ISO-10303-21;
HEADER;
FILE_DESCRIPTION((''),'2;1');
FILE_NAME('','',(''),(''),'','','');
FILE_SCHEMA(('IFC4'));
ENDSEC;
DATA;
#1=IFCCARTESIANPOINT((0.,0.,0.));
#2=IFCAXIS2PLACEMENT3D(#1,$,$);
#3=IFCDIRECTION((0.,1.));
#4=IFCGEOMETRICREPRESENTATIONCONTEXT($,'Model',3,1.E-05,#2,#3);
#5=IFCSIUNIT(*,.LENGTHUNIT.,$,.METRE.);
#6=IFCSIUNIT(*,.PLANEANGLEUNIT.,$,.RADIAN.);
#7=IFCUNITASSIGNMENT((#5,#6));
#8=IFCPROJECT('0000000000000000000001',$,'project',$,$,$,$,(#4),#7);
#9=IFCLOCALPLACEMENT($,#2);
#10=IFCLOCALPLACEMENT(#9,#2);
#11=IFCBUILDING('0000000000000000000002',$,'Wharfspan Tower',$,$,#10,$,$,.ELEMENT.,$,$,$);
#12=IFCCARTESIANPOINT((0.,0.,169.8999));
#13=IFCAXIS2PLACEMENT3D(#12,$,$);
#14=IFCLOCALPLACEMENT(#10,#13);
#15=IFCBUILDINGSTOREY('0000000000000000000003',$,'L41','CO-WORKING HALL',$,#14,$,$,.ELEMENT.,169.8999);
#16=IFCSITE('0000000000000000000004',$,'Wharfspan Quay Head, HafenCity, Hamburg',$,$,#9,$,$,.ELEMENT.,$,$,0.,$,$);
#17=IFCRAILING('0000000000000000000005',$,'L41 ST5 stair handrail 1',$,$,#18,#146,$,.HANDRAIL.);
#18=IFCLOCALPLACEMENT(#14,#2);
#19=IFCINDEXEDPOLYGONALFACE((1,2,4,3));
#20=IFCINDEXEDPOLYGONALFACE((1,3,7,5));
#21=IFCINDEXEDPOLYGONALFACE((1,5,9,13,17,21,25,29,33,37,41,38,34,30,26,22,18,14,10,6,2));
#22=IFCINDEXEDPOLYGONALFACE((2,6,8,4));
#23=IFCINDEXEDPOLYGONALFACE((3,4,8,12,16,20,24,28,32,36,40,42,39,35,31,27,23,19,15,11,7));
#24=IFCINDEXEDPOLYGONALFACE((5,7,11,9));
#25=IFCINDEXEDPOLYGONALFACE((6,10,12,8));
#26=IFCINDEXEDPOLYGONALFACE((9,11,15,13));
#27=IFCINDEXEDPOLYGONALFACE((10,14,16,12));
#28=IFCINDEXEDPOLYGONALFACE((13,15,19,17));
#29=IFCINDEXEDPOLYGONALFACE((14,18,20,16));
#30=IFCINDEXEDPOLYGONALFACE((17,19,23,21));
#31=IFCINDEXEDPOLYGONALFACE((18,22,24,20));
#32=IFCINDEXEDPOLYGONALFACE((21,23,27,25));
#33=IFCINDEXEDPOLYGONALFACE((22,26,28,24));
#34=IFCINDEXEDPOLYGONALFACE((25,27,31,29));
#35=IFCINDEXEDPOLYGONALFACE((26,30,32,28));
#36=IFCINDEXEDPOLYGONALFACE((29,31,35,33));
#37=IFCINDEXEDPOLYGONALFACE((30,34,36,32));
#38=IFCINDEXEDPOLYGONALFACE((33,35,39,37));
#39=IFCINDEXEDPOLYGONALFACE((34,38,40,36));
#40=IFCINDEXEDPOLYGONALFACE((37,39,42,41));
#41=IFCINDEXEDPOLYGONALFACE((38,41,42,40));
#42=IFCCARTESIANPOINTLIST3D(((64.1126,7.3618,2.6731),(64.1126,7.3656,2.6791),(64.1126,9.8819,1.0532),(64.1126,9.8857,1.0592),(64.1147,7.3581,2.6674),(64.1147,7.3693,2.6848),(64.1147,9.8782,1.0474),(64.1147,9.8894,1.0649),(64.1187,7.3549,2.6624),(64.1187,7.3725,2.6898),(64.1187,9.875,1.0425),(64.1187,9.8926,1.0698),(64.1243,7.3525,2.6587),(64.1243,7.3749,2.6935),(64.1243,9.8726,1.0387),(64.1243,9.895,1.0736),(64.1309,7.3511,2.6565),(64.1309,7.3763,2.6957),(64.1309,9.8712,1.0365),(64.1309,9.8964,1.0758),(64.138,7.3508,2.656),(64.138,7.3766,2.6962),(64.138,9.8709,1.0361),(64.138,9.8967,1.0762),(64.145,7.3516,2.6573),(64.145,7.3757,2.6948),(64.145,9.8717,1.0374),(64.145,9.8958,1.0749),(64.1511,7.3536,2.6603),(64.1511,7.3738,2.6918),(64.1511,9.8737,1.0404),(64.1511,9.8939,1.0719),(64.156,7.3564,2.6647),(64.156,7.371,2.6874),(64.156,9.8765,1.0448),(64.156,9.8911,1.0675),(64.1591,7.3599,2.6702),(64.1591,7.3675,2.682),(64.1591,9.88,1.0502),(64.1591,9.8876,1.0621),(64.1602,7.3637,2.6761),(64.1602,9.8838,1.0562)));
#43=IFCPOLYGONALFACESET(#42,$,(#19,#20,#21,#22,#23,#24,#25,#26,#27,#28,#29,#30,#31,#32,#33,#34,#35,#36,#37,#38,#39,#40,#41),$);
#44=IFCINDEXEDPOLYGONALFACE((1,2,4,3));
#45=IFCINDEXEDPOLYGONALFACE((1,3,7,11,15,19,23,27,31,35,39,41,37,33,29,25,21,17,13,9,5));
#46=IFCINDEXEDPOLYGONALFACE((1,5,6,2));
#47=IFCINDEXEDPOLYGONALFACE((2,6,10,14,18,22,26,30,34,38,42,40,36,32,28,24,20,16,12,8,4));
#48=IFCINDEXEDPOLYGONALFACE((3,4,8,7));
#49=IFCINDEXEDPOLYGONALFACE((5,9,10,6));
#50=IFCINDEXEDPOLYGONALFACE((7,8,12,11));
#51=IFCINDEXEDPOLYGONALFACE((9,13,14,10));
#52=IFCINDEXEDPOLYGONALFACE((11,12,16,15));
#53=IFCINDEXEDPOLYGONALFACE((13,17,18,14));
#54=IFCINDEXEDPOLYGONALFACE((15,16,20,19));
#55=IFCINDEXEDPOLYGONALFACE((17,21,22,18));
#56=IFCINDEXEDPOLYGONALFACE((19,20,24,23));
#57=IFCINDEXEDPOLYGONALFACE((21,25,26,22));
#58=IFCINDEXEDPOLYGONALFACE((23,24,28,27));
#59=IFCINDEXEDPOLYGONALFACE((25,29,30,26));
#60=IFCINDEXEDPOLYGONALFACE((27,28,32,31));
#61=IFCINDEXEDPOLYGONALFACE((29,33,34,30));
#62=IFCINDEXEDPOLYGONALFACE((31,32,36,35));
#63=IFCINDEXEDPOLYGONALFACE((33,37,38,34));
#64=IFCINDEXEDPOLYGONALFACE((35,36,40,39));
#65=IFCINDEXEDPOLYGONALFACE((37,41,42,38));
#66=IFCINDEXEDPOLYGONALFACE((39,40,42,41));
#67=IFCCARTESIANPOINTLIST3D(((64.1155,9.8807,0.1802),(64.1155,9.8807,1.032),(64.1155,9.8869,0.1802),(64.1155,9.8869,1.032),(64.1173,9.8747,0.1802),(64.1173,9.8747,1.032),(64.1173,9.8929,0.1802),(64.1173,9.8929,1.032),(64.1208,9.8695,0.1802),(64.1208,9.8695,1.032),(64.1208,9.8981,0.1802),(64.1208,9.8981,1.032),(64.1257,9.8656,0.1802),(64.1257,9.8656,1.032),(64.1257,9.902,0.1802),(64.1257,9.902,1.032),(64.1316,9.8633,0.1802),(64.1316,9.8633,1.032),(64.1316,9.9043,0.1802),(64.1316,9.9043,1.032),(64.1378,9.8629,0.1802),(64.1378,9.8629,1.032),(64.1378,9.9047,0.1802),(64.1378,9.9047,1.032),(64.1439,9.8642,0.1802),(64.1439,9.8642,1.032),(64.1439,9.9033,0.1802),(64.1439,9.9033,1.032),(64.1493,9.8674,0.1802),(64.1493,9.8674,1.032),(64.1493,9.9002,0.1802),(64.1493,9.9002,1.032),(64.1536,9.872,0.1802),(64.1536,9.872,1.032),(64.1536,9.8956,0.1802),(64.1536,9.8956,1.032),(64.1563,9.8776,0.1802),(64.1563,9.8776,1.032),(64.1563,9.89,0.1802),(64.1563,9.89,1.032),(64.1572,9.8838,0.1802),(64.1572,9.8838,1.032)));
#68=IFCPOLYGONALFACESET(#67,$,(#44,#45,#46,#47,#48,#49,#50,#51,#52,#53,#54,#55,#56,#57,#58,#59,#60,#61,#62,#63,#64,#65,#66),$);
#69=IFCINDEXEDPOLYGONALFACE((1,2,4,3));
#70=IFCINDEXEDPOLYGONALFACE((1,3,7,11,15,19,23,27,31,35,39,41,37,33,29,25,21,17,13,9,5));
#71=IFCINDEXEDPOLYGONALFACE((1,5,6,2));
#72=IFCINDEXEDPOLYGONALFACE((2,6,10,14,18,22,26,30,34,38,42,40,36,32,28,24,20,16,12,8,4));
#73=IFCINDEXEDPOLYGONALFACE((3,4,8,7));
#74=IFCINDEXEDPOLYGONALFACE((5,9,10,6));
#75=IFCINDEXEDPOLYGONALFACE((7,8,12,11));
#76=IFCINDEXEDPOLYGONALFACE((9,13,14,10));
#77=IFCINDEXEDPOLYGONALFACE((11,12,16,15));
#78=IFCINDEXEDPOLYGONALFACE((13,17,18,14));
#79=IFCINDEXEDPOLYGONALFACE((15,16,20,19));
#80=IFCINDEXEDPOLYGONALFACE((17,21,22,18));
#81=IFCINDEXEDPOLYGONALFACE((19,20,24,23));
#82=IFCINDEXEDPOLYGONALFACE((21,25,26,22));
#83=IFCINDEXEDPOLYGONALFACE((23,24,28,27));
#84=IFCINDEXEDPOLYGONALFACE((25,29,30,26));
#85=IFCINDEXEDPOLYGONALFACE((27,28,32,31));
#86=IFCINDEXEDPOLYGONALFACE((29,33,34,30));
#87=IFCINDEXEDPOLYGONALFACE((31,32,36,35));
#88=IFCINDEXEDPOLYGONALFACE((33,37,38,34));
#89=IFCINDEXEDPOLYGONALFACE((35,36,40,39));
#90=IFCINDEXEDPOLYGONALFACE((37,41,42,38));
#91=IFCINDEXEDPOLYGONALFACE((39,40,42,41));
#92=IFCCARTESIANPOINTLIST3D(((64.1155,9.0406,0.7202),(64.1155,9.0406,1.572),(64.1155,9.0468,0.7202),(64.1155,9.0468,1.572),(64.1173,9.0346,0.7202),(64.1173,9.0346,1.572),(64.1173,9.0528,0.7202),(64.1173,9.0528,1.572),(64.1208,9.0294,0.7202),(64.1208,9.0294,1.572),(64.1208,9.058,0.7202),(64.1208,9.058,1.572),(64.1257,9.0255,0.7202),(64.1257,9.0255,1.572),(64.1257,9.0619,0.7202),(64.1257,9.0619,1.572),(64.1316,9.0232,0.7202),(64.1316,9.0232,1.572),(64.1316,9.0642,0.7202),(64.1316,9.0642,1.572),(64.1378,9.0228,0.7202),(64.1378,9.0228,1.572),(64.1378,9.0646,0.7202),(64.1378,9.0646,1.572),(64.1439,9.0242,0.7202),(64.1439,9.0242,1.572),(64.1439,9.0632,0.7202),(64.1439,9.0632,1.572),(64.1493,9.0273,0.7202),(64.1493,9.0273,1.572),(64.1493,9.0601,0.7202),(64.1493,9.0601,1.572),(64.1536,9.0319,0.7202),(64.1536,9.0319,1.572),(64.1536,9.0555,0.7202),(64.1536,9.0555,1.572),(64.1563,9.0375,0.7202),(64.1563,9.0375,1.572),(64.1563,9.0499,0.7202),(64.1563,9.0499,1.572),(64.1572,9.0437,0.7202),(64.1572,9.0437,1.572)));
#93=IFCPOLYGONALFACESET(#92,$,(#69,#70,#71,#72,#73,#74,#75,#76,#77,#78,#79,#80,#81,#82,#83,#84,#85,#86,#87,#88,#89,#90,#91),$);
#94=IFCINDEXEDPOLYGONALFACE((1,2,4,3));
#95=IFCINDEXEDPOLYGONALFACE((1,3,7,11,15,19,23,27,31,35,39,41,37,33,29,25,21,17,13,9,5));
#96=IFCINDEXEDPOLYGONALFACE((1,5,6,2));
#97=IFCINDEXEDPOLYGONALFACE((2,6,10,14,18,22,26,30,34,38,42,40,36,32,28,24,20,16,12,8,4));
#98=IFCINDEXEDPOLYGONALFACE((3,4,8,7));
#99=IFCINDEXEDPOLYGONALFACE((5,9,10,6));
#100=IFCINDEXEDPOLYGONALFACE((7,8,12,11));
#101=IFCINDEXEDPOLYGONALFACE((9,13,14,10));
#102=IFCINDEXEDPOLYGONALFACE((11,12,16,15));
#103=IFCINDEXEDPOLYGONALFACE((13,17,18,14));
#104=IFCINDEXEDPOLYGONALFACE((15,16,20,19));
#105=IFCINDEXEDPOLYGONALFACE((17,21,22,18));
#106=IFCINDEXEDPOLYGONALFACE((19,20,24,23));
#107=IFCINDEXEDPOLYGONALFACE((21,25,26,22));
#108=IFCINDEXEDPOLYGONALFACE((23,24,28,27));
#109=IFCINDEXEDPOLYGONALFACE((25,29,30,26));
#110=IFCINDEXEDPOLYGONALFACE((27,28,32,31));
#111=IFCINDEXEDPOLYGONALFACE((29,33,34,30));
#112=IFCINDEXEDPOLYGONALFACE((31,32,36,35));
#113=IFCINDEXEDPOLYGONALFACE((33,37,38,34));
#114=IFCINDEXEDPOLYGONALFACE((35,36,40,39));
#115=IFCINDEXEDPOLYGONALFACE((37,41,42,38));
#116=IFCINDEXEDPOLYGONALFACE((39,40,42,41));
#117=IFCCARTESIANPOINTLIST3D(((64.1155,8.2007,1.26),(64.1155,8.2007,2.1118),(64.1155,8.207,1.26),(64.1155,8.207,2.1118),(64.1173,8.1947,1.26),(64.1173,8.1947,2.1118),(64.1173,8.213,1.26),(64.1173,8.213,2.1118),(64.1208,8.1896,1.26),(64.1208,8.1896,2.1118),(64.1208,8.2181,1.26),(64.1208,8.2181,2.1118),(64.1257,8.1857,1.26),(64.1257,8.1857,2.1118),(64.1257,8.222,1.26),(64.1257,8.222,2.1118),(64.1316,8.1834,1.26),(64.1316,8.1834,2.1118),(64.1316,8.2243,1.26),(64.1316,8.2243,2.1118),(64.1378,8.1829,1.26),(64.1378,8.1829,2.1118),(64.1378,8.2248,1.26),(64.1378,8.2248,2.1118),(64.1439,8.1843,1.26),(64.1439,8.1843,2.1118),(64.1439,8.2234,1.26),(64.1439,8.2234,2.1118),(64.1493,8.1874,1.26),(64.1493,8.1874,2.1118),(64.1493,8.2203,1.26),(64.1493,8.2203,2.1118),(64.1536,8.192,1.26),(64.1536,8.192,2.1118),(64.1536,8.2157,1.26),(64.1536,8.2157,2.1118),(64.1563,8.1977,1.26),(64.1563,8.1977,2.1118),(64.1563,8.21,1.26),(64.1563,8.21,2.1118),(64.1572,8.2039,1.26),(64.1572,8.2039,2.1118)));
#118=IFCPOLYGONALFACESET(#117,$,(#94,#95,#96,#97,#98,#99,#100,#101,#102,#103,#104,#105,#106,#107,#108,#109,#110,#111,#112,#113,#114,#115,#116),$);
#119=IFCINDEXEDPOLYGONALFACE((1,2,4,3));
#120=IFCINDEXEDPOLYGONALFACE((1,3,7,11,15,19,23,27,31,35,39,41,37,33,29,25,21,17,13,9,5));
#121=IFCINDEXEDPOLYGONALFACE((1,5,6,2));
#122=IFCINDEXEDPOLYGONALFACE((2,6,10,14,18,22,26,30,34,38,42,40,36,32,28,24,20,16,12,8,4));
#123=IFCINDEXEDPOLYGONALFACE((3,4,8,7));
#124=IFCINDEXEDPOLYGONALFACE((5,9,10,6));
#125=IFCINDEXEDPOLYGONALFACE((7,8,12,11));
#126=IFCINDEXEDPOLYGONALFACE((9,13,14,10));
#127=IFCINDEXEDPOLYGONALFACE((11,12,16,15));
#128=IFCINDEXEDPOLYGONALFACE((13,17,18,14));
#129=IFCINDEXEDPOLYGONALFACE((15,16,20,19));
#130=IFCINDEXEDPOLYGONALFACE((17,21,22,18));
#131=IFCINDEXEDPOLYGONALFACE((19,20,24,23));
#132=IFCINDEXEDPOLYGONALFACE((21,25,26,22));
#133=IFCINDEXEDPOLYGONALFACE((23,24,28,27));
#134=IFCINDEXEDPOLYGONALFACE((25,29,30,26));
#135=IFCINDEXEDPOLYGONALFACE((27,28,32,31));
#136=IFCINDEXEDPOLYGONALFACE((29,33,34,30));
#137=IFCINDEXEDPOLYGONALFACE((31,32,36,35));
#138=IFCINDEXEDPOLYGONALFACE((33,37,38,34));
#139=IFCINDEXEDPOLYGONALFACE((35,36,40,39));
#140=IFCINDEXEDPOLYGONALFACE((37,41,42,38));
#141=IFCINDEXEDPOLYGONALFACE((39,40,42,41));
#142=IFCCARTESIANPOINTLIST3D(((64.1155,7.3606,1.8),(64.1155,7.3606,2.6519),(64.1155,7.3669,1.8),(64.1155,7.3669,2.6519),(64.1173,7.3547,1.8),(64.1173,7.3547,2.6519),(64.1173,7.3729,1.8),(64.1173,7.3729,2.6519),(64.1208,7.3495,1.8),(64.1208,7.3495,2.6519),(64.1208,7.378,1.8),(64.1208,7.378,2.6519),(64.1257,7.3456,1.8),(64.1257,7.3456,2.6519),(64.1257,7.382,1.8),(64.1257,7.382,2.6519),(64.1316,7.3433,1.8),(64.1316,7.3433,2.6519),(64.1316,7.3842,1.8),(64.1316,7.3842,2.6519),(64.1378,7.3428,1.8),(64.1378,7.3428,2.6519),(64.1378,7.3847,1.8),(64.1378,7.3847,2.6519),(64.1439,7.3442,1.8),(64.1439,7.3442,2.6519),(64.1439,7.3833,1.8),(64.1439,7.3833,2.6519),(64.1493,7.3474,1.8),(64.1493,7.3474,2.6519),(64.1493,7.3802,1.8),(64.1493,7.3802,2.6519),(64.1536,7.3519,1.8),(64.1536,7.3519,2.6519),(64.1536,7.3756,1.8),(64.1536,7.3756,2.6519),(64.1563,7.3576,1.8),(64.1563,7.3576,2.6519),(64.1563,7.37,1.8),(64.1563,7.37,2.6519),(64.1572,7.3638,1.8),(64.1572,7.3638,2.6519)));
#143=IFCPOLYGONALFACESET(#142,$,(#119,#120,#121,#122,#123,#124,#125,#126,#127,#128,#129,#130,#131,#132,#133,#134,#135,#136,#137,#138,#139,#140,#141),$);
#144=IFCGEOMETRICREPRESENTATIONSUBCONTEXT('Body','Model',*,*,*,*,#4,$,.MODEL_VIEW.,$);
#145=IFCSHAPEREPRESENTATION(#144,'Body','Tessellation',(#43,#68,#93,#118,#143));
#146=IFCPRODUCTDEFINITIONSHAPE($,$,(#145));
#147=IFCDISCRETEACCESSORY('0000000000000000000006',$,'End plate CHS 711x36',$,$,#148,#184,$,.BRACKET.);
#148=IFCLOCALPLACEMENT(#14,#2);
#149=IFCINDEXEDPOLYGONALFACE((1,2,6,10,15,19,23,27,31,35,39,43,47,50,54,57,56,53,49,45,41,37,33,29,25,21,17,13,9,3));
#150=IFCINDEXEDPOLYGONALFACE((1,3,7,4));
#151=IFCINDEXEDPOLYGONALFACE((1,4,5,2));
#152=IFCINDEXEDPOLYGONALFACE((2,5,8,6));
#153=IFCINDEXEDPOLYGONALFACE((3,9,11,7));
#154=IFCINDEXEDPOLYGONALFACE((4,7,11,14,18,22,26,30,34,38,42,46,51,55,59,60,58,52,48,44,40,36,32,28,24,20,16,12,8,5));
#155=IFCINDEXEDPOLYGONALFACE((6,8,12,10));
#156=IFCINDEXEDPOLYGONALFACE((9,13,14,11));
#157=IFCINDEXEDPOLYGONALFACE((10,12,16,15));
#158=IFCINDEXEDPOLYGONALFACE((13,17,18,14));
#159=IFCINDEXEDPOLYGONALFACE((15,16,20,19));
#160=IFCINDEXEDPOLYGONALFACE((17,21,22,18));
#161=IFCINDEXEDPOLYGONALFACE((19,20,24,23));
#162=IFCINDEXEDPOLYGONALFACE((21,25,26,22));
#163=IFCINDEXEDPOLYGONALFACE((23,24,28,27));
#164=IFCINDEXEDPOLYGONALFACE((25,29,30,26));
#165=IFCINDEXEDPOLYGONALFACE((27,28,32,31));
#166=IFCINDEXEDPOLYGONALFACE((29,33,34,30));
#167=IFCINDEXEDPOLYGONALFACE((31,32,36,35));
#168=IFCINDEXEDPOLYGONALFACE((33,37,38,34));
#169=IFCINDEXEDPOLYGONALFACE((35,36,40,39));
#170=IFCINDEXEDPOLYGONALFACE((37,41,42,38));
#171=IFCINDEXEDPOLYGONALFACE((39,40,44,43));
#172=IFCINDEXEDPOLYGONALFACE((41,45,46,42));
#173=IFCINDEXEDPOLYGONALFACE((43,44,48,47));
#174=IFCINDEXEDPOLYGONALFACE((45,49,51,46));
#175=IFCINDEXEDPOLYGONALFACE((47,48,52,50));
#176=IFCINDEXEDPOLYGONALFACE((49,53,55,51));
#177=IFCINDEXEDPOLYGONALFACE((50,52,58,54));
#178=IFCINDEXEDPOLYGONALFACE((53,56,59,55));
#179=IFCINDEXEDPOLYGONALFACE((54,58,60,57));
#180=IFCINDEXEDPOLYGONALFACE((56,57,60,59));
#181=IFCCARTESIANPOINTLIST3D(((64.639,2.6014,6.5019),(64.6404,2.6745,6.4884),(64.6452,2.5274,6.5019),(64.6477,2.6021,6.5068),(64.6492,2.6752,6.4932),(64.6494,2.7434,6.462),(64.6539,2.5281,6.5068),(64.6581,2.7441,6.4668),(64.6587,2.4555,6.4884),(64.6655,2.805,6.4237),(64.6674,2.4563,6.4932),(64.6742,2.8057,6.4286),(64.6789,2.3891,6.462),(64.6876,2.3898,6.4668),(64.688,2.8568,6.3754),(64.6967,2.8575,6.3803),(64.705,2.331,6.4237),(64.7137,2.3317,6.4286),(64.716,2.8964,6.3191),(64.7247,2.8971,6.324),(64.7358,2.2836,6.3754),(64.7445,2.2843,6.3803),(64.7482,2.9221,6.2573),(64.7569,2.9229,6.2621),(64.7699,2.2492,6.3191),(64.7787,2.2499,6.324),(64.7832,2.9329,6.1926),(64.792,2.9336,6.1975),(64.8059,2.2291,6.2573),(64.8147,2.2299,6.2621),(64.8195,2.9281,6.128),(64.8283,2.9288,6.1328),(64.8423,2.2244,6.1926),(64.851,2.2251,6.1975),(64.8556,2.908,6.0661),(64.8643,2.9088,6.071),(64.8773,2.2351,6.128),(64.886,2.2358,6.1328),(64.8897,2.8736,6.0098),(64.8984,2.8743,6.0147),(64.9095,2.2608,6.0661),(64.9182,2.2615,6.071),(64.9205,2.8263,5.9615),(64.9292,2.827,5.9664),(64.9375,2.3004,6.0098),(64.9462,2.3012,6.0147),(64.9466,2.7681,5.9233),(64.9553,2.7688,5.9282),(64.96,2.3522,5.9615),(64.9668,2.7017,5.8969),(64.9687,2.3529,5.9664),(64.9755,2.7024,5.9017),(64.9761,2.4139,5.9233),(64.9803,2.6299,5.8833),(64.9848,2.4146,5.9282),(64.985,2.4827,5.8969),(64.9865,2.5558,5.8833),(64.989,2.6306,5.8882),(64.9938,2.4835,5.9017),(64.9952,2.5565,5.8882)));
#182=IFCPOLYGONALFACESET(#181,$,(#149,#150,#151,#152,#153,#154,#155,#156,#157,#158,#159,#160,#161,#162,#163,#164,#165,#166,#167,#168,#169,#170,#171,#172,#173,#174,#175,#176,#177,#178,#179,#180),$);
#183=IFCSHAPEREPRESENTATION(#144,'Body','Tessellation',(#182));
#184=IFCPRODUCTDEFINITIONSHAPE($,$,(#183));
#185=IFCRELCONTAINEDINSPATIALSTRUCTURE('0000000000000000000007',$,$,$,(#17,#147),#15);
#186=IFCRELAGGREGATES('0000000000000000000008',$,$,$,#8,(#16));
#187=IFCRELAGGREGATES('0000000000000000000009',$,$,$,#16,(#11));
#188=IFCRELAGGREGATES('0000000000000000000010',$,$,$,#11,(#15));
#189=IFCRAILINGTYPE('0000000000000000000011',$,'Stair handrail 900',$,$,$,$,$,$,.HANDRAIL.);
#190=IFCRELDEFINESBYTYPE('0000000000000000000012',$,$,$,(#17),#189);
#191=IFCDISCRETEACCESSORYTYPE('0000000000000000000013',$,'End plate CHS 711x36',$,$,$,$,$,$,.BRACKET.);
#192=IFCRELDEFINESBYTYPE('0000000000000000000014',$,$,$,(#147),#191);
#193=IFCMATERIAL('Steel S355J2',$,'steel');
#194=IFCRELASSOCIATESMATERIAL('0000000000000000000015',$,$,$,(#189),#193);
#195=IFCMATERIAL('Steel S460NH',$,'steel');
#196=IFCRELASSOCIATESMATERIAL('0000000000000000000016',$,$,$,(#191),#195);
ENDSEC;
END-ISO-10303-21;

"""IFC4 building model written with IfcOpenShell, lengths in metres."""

from ifc_helpers import new_model, si_unit, direction, frame, origin, origin_2d, place, context, subcontext, project, spatial, circle, extrude, material, material_profile, profile_set, type_object, element, save


model = new_model("IFC4")

# Units and contexts
model_context = context("Model", 3, precision=1e-05, world=origin(), true_north=direction((0.0, 1.0)))
body_context = subcontext(model_context, "Body", "Model", "MODEL_VIEW")
ifc_project = project(units=[si_unit("LENGTHUNIT", "METRE"), si_unit("PLANEANGLEUNIT", "RADIAN")], contexts=[model_context])

# Site, building, storey
site_placement = place(None, origin())
site = spatial("IfcSite", under=ifc_project, at=site_placement, Name="Wharfspan Quay Head, HafenCity, Hamburg", CompositionType="ELEMENT", RefElevation=0.0)
building_placement = place(site_placement, origin())
building = spatial("IfcBuilding", under=site, at=building_placement, Name="Wharfspan Tower", CompositionType="ELEMENT")
storey_placement = place(building_placement, frame((0.0, 0.0, 169.8999)))
storey = spatial("IfcBuildingStorey", under=building, at=storey_placement, Name="L41", Description="CO-WORKING HALL", CompositionType="ELEMENT", Elevation=169.8999)

# Shared definitions
ifc_material_1 = material(Name="Steel S355J2", Category="steel")

# Shared definitions
ifc_material_2 = material(Name="Steel S460NH", Category="steel")

# Railing
railing_type_1 = type_object("IfcRailingType", Name="Stair handrail 900", PredefinedType="HANDRAIL", material=ifc_material_1)
railing_1_placement = place(storey_placement, frame((64.1362, 9.8838, 0.1802)))
element("IfcRailing", 1, at=railing_1_placement, inside=storey, type_object=railing_type_1, Name="L41 ST5 stair handrail 1", PredefinedType="HANDRAIL", context=body_context, shape_type="SweptSolid", body=[
    extrude(circle(Radius=0.0239, at=origin_2d()), frame((0.0, 0.0, 0.876), z_axis=(0.0, -0.8412, 0.540725), x_axis=(1.0, 0.0, 0.0)), (0.0, 0.0, 1.0), 2.9958),
    extrude(circle(Radius=0.021, at=origin_2d()), origin(), (0.0, 0.0, 1.0), 0.8518),
    extrude(circle(Radius=0.021, at=origin_2d()), frame((0.0, -0.8401, 0.54)), (0.0, 0.0, 1.0), 0.8518),
    extrude(circle(Radius=0.021, at=origin_2d()), frame((0.0, -1.6799, 1.0798)), (0.0, 0.0, 1.0), 0.8518),
    extrude(circle(Radius=0.021, at=origin_2d()), frame((0.0, -2.52, 1.6199)), (0.0, 0.0, 1.0), 0.8518),
])

# Discrete accessory
ifc_material_profile_1 = material_profile(ifc_material_2, circle(Radius=0.3555, at=origin_2d()))
ifc_profile_set_1 = profile_set([ifc_material_profile_1], Name="Steel S460NH")
discrete_accessory_type = type_object("IfcDiscreteAccessoryType", Name="End plate CHS 711x36", PredefinedType="BRACKET", material=ifc_profile_set_1)
discrete_accessory_placement = place(storey_placement, frame((64.8127, 2.5786, 6.1926), z_axis=(0.871847, 0.072654, 0.484359), x_axis=(-0.083044, 0.996547, -0.000003)))
element("IfcDiscreteAccessory", 2, at=discrete_accessory_placement, inside=storey, type_object=discrete_accessory_type, Name="End plate CHS 711x36", PredefinedType="BRACKET", context=body_context, shape_type="SweptSolid", body=[
    extrude(circle(Radius=0.3555, at=origin_2d()), origin(), (0.0, 0.0, 1.0), 0.01),
])

save(model, "model.ifc")
